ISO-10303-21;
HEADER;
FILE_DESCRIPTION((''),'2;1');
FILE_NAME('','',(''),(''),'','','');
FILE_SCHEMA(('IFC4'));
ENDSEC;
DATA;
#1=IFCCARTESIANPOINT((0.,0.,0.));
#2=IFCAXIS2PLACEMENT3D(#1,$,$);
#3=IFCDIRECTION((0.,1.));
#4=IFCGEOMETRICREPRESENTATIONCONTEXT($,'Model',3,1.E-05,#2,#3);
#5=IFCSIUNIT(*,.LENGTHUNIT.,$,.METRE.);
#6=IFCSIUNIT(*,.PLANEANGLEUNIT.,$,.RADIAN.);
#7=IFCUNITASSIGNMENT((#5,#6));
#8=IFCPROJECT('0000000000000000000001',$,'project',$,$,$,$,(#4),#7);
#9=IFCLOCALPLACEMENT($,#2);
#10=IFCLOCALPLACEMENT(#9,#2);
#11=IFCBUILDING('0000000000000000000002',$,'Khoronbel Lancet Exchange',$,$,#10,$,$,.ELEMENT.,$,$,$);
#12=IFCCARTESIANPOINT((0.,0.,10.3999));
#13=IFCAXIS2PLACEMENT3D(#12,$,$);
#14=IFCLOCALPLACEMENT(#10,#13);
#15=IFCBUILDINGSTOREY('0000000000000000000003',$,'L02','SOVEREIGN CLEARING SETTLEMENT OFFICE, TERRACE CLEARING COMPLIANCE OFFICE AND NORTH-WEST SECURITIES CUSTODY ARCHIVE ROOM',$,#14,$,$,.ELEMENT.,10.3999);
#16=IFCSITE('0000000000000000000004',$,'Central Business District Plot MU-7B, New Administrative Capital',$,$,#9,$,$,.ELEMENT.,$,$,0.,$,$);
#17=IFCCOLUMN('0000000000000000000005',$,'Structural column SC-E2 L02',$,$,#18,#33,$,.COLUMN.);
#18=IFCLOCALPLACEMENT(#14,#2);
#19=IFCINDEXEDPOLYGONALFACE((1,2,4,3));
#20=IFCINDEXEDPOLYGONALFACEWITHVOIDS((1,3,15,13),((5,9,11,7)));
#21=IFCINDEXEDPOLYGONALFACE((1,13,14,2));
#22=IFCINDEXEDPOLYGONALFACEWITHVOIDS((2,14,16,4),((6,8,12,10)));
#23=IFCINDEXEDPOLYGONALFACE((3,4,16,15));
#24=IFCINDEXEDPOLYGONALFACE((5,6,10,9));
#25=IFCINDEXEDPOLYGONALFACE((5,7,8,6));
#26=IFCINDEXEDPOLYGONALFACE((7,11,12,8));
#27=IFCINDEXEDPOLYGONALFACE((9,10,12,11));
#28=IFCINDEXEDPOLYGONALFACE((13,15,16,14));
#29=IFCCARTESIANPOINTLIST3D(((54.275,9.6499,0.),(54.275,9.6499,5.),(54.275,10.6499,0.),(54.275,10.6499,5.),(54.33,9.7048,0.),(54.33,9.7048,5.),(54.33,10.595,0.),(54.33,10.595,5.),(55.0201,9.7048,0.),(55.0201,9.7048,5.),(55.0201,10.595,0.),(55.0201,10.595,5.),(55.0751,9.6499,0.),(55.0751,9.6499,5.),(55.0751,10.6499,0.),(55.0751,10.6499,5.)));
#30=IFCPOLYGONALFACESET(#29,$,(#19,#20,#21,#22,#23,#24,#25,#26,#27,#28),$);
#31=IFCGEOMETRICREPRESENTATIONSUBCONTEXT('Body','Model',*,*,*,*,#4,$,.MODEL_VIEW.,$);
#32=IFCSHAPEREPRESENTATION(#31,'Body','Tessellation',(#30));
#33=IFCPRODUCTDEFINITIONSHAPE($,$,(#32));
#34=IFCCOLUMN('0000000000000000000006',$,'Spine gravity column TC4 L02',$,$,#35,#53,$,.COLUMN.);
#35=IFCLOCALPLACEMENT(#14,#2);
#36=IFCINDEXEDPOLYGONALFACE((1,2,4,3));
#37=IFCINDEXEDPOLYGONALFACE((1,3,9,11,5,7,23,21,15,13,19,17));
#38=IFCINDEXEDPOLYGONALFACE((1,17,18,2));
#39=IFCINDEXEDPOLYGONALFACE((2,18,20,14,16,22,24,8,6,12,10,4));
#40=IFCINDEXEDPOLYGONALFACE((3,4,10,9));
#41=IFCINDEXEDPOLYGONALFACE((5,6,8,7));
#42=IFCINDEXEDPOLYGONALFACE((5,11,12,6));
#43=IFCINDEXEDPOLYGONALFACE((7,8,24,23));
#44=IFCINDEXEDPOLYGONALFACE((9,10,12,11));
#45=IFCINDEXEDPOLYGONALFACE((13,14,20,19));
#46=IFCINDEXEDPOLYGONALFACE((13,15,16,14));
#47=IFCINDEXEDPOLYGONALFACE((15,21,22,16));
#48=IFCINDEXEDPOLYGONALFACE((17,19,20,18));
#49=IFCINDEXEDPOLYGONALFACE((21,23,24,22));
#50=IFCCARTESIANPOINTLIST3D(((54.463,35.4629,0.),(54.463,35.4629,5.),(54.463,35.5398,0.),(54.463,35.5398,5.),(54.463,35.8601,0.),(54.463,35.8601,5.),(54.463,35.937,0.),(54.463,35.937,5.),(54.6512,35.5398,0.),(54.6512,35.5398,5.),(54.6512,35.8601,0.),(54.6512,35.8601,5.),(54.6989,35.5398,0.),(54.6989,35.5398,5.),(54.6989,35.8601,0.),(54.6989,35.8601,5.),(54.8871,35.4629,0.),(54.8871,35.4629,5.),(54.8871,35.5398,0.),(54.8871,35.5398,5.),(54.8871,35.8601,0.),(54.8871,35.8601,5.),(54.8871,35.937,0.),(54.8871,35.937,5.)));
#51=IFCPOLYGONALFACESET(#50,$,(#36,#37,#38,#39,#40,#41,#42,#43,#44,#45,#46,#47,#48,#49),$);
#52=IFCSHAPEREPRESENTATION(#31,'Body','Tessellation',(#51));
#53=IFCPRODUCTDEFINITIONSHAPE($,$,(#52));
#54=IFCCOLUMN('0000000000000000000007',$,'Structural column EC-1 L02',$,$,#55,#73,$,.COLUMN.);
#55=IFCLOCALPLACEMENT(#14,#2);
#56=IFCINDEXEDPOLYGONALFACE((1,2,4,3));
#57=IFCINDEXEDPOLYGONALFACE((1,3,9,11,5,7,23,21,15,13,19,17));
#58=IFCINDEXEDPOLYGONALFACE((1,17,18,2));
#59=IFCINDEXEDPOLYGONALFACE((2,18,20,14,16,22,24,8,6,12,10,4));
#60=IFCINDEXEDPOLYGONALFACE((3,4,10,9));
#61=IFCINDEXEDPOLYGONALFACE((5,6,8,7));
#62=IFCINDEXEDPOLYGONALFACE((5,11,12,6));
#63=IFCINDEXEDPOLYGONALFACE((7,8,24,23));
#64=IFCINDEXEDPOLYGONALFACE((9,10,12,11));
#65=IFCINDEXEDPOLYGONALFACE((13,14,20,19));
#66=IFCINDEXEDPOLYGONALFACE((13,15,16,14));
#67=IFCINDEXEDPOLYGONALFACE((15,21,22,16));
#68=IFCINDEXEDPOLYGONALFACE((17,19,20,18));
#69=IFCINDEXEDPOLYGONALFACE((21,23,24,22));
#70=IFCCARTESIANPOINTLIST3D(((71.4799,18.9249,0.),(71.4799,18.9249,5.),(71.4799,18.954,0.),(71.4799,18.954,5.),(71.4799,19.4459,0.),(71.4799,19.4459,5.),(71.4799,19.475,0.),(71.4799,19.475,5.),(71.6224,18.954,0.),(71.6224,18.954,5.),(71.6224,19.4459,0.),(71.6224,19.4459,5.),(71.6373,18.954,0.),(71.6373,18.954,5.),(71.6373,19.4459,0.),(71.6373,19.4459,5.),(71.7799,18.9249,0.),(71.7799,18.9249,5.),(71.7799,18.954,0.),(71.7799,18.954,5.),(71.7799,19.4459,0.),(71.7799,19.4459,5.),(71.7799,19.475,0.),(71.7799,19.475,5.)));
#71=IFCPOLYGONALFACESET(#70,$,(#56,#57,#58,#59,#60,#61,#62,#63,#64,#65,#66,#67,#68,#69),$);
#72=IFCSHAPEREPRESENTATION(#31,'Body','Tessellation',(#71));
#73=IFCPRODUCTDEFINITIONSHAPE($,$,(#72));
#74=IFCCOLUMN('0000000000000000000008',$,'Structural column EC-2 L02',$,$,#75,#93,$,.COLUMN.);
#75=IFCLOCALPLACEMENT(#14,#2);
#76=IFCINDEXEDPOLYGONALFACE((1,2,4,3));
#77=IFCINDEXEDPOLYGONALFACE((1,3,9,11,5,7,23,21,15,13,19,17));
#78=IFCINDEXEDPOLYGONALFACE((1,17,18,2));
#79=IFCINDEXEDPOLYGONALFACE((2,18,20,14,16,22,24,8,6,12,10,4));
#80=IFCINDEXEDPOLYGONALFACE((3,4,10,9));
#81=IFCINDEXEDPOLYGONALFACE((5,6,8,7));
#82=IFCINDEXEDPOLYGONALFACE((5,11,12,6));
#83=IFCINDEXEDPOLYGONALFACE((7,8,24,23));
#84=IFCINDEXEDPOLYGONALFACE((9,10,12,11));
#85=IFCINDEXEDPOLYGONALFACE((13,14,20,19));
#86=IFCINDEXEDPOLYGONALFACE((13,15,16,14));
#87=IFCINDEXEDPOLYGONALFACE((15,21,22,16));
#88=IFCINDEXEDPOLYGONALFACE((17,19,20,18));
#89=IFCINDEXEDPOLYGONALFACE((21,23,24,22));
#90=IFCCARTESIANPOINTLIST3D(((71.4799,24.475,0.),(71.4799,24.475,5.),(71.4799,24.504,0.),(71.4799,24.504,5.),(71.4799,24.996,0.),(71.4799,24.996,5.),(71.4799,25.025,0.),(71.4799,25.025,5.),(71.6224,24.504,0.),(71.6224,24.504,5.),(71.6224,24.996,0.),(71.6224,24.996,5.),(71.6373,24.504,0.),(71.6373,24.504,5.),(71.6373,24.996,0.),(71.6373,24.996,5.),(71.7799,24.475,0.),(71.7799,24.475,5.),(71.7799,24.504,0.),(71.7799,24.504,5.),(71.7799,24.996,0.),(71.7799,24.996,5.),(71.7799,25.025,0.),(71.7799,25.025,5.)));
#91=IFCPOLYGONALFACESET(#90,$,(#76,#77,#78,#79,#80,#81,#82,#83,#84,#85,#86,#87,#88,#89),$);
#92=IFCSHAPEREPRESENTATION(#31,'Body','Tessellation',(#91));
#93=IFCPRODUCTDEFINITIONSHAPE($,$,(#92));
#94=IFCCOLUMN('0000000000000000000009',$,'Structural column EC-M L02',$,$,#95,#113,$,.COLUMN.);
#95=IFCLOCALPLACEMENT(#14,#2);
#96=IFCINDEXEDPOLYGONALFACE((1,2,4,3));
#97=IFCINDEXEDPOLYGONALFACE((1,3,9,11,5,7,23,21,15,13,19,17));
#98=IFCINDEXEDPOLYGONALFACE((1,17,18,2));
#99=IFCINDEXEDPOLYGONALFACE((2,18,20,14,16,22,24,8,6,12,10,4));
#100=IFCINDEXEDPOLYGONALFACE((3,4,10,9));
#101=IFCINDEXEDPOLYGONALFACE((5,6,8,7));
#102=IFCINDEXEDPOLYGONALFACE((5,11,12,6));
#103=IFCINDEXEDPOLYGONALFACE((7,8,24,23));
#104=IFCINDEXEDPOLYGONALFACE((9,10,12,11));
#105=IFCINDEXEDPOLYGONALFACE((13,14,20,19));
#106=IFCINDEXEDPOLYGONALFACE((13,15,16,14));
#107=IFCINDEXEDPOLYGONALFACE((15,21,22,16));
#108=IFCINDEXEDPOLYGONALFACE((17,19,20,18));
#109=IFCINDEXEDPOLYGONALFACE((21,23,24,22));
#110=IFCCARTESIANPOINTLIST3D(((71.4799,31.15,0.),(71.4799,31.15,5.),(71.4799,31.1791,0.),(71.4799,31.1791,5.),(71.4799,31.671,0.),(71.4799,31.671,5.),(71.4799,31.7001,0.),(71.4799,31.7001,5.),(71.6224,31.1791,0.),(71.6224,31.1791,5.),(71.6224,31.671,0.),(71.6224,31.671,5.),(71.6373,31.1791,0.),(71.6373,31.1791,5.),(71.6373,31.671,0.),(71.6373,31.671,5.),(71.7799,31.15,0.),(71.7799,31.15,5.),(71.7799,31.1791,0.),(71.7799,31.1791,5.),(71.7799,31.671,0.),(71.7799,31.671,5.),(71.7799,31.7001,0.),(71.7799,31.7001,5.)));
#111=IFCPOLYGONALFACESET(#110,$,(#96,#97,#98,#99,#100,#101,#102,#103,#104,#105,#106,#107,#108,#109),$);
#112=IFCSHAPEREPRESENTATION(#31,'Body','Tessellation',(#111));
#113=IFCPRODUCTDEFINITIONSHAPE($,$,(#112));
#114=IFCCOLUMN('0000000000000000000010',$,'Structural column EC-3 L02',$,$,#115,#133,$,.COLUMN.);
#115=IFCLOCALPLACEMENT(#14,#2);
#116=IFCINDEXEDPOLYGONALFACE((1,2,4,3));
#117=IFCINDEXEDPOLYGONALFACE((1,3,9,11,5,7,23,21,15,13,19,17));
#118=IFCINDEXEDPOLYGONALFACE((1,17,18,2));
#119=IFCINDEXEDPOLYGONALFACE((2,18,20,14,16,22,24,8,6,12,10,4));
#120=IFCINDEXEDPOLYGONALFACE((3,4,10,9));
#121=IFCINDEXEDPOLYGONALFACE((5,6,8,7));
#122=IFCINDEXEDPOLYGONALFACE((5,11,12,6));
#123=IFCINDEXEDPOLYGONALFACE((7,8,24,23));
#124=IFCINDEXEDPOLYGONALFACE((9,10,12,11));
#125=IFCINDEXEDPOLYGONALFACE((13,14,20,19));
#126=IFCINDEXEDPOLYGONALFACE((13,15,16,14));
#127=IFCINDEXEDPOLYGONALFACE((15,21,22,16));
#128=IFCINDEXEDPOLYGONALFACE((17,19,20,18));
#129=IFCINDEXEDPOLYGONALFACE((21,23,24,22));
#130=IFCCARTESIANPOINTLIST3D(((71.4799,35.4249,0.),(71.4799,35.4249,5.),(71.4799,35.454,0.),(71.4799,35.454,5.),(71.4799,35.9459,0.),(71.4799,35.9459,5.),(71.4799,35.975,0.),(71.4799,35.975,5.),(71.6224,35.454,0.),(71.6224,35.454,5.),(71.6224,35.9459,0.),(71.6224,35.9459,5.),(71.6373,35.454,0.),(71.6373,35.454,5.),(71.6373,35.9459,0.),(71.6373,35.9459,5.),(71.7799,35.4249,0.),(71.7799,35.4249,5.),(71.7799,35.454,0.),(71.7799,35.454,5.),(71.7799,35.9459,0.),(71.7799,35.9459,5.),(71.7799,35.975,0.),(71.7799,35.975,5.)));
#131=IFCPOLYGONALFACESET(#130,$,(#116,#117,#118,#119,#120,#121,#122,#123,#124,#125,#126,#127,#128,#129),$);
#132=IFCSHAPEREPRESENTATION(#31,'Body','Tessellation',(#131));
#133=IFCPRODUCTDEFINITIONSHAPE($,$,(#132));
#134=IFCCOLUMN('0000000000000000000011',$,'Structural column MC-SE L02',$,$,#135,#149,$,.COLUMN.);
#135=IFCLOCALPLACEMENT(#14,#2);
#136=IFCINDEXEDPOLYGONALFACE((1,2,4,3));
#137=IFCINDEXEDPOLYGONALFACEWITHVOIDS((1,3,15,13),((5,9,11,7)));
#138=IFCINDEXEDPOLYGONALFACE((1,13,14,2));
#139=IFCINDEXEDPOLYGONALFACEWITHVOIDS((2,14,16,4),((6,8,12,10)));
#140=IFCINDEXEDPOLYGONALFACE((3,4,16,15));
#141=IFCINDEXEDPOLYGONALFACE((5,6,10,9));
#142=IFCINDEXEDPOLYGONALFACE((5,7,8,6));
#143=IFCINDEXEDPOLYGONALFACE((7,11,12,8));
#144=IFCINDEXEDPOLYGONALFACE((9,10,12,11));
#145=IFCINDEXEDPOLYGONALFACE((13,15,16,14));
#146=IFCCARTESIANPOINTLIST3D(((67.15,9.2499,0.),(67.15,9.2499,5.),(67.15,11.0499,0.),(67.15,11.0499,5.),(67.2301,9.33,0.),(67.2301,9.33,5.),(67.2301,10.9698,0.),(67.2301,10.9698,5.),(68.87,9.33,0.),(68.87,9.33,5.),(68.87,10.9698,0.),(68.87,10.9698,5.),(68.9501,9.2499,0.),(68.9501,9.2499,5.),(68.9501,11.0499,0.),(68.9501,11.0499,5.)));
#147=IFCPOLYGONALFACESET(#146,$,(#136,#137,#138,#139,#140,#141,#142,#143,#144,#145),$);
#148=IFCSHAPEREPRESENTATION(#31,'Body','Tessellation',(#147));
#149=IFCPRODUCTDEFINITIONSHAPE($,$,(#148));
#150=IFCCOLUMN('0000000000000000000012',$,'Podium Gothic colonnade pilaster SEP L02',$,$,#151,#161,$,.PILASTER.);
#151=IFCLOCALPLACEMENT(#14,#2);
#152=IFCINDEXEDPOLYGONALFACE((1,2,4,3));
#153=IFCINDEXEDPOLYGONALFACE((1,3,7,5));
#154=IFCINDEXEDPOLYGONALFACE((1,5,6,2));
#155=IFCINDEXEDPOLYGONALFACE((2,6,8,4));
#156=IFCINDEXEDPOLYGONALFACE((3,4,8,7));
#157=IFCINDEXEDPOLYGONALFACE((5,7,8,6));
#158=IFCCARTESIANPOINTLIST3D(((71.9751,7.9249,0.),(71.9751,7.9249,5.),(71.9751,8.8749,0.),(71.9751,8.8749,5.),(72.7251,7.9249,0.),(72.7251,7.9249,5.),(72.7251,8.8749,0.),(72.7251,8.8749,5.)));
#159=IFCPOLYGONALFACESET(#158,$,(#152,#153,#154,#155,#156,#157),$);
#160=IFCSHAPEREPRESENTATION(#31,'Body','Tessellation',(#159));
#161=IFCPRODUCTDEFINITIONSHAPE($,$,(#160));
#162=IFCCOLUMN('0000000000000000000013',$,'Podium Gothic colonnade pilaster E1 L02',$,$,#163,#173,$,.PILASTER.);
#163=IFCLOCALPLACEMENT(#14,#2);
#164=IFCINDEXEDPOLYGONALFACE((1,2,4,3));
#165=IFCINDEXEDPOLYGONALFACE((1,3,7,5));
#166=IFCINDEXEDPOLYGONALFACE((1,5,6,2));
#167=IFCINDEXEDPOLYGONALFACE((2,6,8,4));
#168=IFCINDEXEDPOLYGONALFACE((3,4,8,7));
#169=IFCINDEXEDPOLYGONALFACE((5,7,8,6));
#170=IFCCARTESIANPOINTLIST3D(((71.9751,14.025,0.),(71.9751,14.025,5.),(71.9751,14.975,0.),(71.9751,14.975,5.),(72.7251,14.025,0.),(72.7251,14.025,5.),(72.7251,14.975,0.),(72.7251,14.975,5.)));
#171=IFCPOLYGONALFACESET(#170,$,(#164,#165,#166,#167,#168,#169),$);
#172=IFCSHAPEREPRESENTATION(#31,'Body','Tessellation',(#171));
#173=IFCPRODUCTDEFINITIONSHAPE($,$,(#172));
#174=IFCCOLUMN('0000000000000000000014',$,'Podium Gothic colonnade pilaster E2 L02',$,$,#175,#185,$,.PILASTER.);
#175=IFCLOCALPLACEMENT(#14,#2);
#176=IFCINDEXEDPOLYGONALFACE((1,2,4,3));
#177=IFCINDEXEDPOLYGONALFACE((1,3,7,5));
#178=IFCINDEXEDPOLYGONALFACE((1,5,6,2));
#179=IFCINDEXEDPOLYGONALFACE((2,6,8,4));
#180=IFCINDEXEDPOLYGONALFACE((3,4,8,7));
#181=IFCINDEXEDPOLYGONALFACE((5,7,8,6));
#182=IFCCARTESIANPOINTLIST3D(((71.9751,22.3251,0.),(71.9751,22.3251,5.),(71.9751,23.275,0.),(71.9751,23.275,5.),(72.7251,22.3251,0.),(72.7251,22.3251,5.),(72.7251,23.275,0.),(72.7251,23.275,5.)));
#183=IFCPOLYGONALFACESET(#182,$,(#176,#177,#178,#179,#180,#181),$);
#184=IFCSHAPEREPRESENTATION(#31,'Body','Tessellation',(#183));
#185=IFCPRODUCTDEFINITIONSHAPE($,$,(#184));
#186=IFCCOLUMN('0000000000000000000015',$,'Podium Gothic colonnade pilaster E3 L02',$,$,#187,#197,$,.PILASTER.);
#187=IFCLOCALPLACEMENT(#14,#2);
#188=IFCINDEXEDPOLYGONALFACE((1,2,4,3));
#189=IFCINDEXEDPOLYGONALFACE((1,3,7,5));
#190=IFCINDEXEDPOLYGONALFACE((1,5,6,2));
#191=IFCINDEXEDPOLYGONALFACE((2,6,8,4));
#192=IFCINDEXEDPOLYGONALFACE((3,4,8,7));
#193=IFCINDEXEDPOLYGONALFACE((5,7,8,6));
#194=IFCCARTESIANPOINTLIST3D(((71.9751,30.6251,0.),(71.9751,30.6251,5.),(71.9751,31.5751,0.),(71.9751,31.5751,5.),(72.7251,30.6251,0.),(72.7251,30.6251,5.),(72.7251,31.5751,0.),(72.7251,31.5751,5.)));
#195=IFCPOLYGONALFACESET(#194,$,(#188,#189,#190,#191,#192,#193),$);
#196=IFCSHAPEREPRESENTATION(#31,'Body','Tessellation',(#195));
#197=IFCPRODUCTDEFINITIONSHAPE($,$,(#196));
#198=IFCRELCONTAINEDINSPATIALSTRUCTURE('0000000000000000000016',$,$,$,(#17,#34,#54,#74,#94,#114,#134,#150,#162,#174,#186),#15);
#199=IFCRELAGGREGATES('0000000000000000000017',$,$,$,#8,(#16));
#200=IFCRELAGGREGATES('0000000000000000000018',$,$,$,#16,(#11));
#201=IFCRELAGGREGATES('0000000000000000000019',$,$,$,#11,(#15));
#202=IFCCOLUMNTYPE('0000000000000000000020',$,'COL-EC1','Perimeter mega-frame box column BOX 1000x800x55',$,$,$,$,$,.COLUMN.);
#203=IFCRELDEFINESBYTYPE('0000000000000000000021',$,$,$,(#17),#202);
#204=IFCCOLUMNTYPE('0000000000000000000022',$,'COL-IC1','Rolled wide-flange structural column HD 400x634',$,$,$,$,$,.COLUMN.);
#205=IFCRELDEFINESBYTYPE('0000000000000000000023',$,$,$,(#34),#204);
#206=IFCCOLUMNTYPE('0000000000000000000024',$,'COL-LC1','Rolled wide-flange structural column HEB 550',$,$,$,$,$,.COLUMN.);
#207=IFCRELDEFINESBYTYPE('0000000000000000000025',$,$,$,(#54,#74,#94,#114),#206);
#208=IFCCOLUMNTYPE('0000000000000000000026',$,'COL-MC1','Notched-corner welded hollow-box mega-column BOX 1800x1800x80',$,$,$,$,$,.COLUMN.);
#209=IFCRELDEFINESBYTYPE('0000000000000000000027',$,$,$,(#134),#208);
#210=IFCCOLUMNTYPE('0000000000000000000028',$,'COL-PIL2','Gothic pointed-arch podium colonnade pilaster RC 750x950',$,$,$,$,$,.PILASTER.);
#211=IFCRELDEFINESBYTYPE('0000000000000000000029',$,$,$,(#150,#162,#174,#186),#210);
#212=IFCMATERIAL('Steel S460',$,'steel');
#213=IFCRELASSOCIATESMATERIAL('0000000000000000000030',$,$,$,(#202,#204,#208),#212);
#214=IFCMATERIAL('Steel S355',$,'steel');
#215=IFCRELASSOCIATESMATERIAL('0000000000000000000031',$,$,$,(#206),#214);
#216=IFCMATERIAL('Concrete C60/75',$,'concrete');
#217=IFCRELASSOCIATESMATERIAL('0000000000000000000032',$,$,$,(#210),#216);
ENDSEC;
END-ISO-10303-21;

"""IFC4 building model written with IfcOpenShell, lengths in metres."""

from ifc_helpers import new_model, si_unit, direction, frame, origin, origin_2d, place, context, subcontext, project, spatial, rectangle, hollow_rectangle, i_section, extrude, material, material_profile, profile_set, type_object, element, save


model = new_model("IFC4")

# Units and contexts
model_context = context("Model", 3, precision=1e-05, world=origin(), true_north=direction((0.0, 1.0)))
body_context = subcontext(model_context, "Body", "Model", "MODEL_VIEW")
ifc_project = project(units=[si_unit("LENGTHUNIT", "METRE"), si_unit("PLANEANGLEUNIT", "RADIAN")], contexts=[model_context])

# Site, building, storey
site_placement = place(None, origin())
site = spatial("IfcSite", under=ifc_project, at=site_placement, Name="Central Business District Plot MU-7B, New Administrative Capital", CompositionType="ELEMENT", RefElevation=0.0)
building_placement = place(site_placement, origin())
building = spatial("IfcBuilding", under=site, at=building_placement, Name="Khoronbel Lancet Exchange", CompositionType="ELEMENT")
storey_placement = place(building_placement, frame((0.0, 0.0, 10.3999)))
storey = spatial("IfcBuildingStorey", under=building, at=storey_placement, Name="L02", Description="SOVEREIGN CLEARING SETTLEMENT OFFICE, TERRACE CLEARING COMPLIANCE OFFICE AND NORTH-WEST SECURITIES CUSTODY ARCHIVE ROOM", CompositionType="ELEMENT", Elevation=10.3999)

# Columns
ifc_material_1 = material(Name="Steel S460", Category="steel")
ifc_material_profile_1 = material_profile(ifc_material_1, hollow_rectangle(XDim=0.8, YDim=1.0, WallThickness=0.0549, at=origin_2d()), Name="BOX 1000x800x55")
ifc_profile_set_1 = profile_set([ifc_material_profile_1], Name="Steel S460")
column_type_1 = type_object("IfcColumnType", Name="COL-EC1", Description="Perimeter mega-frame box column BOX 1000x800x55", PredefinedType="COLUMN", material=ifc_profile_set_1)
column_1_placement = place(storey_placement, frame((54.675, 10.1499, 0.0), z_axis=(0.0, 0.0, 1.0), x_axis=(1.0, 0.0, 0.0)))
element("IfcColumn", 1, at=column_1_placement, inside=storey, type_object=column_type_1, Name="Structural column SC-E2 L02", PredefinedType="COLUMN", context=body_context, shape_type="SweptSolid", body=[
    extrude(hollow_rectangle(XDim=0.8, YDim=1.0, WallThickness=0.0549, at=origin_2d()), origin(), (0.0, 0.0, 1.0), 5.0),
])
ifc_material_profile_2 = material_profile(ifc_material_1, i_section(OverallWidth=0.4241, OverallDepth=0.4741, WebThickness=0.0476, FlangeThickness=0.0769, at=origin_2d()), Name="HD 400x634")
ifc_profile_set_2 = profile_set([ifc_material_profile_2], Name="Steel S460")
column_type_2 = type_object("IfcColumnType", Name="COL-IC1", Description="Rolled wide-flange structural column HD 400x634", PredefinedType="COLUMN", material=ifc_profile_set_2)
column_2_placement = place(storey_placement, frame((54.675, 35.7, 0.0), z_axis=(0.0, 0.0, 1.0), x_axis=(1.0, 0.0, 0.0)))
element("IfcColumn", 2, at=column_2_placement, inside=storey, type_object=column_type_2, Name="Spine gravity column TC4 L02", PredefinedType="COLUMN", context=body_context, shape_type="SweptSolid", body=[
    extrude(i_section(OverallWidth=0.4241, OverallDepth=0.4741, WebThickness=0.0476, FlangeThickness=0.0769, at=origin_2d()), origin(), (0.0, 0.0, 1.0), 5.0),
])
ifc_material_2 = material(Name="Steel S355", Category="steel")
ifc_material_profile_3 = material_profile(ifc_material_2, i_section(OverallWidth=0.3, OverallDepth=0.55, WebThickness=0.0149, FlangeThickness=0.0291, at=origin_2d()), Name="HEB 550")
ifc_profile_set_3 = profile_set([ifc_material_profile_3], Name="Steel S355")
column_type_3 = type_object("IfcColumnType", Name="COL-LC1", Description="Rolled wide-flange structural column HEB 550", PredefinedType="COLUMN", material=ifc_profile_set_3)
for number, where, z_axis, x_axis, name in (
    (3, (71.6299, 19.2, 0.0), (0.0, 0.0, 1.0), (1.0, 0.0, 0.0), "Structural column EC-1 L02"),
    (4, (71.6299, 24.75, 0.0), (0.0, 0.0, 1.0), (1.0, 0.0, 0.0), "Structural column EC-2 L02"),
    (5, (71.6299, 31.425, 0.0), (0.0, 0.0, 1.0), (1.0, 0.0, 0.0), "Structural column EC-M L02"),
    (6, (71.6299, 35.7, 0.0), (0.0, 0.0, 1.0), (1.0, 0.0, 0.0), "Structural column EC-3 L02"),
):
    element("IfcColumn", number, at=place(storey_placement, frame(where, z_axis=z_axis, x_axis=x_axis)), inside=storey, type_object=column_type_3, Name=name, PredefinedType="COLUMN", context=body_context, shape_type="SweptSolid", body=[
        extrude(i_section(OverallWidth=0.3, OverallDepth=0.55, WebThickness=0.0149, FlangeThickness=0.0291, at=origin_2d()), origin(), (0.0, 0.0, 1.0), 5.0),
    ])
ifc_material_profile_4 = material_profile(ifc_material_1, hollow_rectangle(XDim=1.8, YDim=1.8, WallThickness=0.0801, at=origin_2d()), Name="BOX 1800x1800x80")
ifc_profile_set_4 = profile_set([ifc_material_profile_4], Name="Steel S460")
column_type_4 = type_object("IfcColumnType", Name="COL-MC1", Description="Notched-corner welded hollow-box mega-column BOX 1800x1800x80", PredefinedType="COLUMN", material=ifc_profile_set_4)
column_3_placement = place(storey_placement, frame((68.05, 10.1499, 0.0), z_axis=(0.0, 0.0, 1.0), x_axis=(1.0, 0.0, 0.0)))
element("IfcColumn", 7, at=column_3_placement, inside=storey, type_object=column_type_4, Name="Structural column MC-SE L02", PredefinedType="COLUMN", context=body_context, shape_type="SweptSolid", body=[
    extrude(hollow_rectangle(XDim=1.8, YDim=1.8, WallThickness=0.0801, at=origin_2d()), origin(), (0.0, 0.0, 1.0), 5.0),
])
ifc_material_3 = material(Name="Concrete C60/75", Category="concrete")
ifc_material_profile_5 = material_profile(ifc_material_3, rectangle(XDim=0.75, YDim=0.95, at=origin_2d()), Name="RC 750x950")
ifc_profile_set_5 = profile_set([ifc_material_profile_5], Name="Concrete C60/75")
column_type_5 = type_object("IfcColumnType", Name="COL-PIL2", Description="Gothic pointed-arch podium colonnade pilaster RC 750x950", PredefinedType="PILASTER", material=ifc_profile_set_5)
for number, where, z_axis, x_axis, name in (
    (8, (72.3501, 8.3999, 0.0), (0.0, 0.0, 1.0), (1.0, 0.0, 0.0), "Podium Gothic colonnade pilaster SEP L02"),
    (9, (72.3501, 14.5, 0.0), (0.0, 0.0, 1.0), (1.0, 0.0, 0.0), "Podium Gothic colonnade pilaster E1 L02"),
    (10, (72.3501, 22.8, 0.0), (0.0, 0.0, 1.0), (1.0, 0.0, 0.0), "Podium Gothic colonnade pilaster E2 L02"),
    (11, (72.3501, 31.1001, 0.0), (0.0, 0.0, 1.0), (1.0, 0.0, 0.0), "Podium Gothic colonnade pilaster E3 L02"),
):
    element("IfcColumn", number, at=place(storey_placement, frame(where, z_axis=z_axis, x_axis=x_axis)), inside=storey, type_object=column_type_5, Name=name, PredefinedType="PILASTER", context=body_context, shape_type="SweptSolid", body=[
        extrude(rectangle(XDim=0.75, YDim=0.95, at=origin_2d()), origin(), (0.0, 0.0, 1.0), 5.0),
    ])

save(model, "model.ifc")
